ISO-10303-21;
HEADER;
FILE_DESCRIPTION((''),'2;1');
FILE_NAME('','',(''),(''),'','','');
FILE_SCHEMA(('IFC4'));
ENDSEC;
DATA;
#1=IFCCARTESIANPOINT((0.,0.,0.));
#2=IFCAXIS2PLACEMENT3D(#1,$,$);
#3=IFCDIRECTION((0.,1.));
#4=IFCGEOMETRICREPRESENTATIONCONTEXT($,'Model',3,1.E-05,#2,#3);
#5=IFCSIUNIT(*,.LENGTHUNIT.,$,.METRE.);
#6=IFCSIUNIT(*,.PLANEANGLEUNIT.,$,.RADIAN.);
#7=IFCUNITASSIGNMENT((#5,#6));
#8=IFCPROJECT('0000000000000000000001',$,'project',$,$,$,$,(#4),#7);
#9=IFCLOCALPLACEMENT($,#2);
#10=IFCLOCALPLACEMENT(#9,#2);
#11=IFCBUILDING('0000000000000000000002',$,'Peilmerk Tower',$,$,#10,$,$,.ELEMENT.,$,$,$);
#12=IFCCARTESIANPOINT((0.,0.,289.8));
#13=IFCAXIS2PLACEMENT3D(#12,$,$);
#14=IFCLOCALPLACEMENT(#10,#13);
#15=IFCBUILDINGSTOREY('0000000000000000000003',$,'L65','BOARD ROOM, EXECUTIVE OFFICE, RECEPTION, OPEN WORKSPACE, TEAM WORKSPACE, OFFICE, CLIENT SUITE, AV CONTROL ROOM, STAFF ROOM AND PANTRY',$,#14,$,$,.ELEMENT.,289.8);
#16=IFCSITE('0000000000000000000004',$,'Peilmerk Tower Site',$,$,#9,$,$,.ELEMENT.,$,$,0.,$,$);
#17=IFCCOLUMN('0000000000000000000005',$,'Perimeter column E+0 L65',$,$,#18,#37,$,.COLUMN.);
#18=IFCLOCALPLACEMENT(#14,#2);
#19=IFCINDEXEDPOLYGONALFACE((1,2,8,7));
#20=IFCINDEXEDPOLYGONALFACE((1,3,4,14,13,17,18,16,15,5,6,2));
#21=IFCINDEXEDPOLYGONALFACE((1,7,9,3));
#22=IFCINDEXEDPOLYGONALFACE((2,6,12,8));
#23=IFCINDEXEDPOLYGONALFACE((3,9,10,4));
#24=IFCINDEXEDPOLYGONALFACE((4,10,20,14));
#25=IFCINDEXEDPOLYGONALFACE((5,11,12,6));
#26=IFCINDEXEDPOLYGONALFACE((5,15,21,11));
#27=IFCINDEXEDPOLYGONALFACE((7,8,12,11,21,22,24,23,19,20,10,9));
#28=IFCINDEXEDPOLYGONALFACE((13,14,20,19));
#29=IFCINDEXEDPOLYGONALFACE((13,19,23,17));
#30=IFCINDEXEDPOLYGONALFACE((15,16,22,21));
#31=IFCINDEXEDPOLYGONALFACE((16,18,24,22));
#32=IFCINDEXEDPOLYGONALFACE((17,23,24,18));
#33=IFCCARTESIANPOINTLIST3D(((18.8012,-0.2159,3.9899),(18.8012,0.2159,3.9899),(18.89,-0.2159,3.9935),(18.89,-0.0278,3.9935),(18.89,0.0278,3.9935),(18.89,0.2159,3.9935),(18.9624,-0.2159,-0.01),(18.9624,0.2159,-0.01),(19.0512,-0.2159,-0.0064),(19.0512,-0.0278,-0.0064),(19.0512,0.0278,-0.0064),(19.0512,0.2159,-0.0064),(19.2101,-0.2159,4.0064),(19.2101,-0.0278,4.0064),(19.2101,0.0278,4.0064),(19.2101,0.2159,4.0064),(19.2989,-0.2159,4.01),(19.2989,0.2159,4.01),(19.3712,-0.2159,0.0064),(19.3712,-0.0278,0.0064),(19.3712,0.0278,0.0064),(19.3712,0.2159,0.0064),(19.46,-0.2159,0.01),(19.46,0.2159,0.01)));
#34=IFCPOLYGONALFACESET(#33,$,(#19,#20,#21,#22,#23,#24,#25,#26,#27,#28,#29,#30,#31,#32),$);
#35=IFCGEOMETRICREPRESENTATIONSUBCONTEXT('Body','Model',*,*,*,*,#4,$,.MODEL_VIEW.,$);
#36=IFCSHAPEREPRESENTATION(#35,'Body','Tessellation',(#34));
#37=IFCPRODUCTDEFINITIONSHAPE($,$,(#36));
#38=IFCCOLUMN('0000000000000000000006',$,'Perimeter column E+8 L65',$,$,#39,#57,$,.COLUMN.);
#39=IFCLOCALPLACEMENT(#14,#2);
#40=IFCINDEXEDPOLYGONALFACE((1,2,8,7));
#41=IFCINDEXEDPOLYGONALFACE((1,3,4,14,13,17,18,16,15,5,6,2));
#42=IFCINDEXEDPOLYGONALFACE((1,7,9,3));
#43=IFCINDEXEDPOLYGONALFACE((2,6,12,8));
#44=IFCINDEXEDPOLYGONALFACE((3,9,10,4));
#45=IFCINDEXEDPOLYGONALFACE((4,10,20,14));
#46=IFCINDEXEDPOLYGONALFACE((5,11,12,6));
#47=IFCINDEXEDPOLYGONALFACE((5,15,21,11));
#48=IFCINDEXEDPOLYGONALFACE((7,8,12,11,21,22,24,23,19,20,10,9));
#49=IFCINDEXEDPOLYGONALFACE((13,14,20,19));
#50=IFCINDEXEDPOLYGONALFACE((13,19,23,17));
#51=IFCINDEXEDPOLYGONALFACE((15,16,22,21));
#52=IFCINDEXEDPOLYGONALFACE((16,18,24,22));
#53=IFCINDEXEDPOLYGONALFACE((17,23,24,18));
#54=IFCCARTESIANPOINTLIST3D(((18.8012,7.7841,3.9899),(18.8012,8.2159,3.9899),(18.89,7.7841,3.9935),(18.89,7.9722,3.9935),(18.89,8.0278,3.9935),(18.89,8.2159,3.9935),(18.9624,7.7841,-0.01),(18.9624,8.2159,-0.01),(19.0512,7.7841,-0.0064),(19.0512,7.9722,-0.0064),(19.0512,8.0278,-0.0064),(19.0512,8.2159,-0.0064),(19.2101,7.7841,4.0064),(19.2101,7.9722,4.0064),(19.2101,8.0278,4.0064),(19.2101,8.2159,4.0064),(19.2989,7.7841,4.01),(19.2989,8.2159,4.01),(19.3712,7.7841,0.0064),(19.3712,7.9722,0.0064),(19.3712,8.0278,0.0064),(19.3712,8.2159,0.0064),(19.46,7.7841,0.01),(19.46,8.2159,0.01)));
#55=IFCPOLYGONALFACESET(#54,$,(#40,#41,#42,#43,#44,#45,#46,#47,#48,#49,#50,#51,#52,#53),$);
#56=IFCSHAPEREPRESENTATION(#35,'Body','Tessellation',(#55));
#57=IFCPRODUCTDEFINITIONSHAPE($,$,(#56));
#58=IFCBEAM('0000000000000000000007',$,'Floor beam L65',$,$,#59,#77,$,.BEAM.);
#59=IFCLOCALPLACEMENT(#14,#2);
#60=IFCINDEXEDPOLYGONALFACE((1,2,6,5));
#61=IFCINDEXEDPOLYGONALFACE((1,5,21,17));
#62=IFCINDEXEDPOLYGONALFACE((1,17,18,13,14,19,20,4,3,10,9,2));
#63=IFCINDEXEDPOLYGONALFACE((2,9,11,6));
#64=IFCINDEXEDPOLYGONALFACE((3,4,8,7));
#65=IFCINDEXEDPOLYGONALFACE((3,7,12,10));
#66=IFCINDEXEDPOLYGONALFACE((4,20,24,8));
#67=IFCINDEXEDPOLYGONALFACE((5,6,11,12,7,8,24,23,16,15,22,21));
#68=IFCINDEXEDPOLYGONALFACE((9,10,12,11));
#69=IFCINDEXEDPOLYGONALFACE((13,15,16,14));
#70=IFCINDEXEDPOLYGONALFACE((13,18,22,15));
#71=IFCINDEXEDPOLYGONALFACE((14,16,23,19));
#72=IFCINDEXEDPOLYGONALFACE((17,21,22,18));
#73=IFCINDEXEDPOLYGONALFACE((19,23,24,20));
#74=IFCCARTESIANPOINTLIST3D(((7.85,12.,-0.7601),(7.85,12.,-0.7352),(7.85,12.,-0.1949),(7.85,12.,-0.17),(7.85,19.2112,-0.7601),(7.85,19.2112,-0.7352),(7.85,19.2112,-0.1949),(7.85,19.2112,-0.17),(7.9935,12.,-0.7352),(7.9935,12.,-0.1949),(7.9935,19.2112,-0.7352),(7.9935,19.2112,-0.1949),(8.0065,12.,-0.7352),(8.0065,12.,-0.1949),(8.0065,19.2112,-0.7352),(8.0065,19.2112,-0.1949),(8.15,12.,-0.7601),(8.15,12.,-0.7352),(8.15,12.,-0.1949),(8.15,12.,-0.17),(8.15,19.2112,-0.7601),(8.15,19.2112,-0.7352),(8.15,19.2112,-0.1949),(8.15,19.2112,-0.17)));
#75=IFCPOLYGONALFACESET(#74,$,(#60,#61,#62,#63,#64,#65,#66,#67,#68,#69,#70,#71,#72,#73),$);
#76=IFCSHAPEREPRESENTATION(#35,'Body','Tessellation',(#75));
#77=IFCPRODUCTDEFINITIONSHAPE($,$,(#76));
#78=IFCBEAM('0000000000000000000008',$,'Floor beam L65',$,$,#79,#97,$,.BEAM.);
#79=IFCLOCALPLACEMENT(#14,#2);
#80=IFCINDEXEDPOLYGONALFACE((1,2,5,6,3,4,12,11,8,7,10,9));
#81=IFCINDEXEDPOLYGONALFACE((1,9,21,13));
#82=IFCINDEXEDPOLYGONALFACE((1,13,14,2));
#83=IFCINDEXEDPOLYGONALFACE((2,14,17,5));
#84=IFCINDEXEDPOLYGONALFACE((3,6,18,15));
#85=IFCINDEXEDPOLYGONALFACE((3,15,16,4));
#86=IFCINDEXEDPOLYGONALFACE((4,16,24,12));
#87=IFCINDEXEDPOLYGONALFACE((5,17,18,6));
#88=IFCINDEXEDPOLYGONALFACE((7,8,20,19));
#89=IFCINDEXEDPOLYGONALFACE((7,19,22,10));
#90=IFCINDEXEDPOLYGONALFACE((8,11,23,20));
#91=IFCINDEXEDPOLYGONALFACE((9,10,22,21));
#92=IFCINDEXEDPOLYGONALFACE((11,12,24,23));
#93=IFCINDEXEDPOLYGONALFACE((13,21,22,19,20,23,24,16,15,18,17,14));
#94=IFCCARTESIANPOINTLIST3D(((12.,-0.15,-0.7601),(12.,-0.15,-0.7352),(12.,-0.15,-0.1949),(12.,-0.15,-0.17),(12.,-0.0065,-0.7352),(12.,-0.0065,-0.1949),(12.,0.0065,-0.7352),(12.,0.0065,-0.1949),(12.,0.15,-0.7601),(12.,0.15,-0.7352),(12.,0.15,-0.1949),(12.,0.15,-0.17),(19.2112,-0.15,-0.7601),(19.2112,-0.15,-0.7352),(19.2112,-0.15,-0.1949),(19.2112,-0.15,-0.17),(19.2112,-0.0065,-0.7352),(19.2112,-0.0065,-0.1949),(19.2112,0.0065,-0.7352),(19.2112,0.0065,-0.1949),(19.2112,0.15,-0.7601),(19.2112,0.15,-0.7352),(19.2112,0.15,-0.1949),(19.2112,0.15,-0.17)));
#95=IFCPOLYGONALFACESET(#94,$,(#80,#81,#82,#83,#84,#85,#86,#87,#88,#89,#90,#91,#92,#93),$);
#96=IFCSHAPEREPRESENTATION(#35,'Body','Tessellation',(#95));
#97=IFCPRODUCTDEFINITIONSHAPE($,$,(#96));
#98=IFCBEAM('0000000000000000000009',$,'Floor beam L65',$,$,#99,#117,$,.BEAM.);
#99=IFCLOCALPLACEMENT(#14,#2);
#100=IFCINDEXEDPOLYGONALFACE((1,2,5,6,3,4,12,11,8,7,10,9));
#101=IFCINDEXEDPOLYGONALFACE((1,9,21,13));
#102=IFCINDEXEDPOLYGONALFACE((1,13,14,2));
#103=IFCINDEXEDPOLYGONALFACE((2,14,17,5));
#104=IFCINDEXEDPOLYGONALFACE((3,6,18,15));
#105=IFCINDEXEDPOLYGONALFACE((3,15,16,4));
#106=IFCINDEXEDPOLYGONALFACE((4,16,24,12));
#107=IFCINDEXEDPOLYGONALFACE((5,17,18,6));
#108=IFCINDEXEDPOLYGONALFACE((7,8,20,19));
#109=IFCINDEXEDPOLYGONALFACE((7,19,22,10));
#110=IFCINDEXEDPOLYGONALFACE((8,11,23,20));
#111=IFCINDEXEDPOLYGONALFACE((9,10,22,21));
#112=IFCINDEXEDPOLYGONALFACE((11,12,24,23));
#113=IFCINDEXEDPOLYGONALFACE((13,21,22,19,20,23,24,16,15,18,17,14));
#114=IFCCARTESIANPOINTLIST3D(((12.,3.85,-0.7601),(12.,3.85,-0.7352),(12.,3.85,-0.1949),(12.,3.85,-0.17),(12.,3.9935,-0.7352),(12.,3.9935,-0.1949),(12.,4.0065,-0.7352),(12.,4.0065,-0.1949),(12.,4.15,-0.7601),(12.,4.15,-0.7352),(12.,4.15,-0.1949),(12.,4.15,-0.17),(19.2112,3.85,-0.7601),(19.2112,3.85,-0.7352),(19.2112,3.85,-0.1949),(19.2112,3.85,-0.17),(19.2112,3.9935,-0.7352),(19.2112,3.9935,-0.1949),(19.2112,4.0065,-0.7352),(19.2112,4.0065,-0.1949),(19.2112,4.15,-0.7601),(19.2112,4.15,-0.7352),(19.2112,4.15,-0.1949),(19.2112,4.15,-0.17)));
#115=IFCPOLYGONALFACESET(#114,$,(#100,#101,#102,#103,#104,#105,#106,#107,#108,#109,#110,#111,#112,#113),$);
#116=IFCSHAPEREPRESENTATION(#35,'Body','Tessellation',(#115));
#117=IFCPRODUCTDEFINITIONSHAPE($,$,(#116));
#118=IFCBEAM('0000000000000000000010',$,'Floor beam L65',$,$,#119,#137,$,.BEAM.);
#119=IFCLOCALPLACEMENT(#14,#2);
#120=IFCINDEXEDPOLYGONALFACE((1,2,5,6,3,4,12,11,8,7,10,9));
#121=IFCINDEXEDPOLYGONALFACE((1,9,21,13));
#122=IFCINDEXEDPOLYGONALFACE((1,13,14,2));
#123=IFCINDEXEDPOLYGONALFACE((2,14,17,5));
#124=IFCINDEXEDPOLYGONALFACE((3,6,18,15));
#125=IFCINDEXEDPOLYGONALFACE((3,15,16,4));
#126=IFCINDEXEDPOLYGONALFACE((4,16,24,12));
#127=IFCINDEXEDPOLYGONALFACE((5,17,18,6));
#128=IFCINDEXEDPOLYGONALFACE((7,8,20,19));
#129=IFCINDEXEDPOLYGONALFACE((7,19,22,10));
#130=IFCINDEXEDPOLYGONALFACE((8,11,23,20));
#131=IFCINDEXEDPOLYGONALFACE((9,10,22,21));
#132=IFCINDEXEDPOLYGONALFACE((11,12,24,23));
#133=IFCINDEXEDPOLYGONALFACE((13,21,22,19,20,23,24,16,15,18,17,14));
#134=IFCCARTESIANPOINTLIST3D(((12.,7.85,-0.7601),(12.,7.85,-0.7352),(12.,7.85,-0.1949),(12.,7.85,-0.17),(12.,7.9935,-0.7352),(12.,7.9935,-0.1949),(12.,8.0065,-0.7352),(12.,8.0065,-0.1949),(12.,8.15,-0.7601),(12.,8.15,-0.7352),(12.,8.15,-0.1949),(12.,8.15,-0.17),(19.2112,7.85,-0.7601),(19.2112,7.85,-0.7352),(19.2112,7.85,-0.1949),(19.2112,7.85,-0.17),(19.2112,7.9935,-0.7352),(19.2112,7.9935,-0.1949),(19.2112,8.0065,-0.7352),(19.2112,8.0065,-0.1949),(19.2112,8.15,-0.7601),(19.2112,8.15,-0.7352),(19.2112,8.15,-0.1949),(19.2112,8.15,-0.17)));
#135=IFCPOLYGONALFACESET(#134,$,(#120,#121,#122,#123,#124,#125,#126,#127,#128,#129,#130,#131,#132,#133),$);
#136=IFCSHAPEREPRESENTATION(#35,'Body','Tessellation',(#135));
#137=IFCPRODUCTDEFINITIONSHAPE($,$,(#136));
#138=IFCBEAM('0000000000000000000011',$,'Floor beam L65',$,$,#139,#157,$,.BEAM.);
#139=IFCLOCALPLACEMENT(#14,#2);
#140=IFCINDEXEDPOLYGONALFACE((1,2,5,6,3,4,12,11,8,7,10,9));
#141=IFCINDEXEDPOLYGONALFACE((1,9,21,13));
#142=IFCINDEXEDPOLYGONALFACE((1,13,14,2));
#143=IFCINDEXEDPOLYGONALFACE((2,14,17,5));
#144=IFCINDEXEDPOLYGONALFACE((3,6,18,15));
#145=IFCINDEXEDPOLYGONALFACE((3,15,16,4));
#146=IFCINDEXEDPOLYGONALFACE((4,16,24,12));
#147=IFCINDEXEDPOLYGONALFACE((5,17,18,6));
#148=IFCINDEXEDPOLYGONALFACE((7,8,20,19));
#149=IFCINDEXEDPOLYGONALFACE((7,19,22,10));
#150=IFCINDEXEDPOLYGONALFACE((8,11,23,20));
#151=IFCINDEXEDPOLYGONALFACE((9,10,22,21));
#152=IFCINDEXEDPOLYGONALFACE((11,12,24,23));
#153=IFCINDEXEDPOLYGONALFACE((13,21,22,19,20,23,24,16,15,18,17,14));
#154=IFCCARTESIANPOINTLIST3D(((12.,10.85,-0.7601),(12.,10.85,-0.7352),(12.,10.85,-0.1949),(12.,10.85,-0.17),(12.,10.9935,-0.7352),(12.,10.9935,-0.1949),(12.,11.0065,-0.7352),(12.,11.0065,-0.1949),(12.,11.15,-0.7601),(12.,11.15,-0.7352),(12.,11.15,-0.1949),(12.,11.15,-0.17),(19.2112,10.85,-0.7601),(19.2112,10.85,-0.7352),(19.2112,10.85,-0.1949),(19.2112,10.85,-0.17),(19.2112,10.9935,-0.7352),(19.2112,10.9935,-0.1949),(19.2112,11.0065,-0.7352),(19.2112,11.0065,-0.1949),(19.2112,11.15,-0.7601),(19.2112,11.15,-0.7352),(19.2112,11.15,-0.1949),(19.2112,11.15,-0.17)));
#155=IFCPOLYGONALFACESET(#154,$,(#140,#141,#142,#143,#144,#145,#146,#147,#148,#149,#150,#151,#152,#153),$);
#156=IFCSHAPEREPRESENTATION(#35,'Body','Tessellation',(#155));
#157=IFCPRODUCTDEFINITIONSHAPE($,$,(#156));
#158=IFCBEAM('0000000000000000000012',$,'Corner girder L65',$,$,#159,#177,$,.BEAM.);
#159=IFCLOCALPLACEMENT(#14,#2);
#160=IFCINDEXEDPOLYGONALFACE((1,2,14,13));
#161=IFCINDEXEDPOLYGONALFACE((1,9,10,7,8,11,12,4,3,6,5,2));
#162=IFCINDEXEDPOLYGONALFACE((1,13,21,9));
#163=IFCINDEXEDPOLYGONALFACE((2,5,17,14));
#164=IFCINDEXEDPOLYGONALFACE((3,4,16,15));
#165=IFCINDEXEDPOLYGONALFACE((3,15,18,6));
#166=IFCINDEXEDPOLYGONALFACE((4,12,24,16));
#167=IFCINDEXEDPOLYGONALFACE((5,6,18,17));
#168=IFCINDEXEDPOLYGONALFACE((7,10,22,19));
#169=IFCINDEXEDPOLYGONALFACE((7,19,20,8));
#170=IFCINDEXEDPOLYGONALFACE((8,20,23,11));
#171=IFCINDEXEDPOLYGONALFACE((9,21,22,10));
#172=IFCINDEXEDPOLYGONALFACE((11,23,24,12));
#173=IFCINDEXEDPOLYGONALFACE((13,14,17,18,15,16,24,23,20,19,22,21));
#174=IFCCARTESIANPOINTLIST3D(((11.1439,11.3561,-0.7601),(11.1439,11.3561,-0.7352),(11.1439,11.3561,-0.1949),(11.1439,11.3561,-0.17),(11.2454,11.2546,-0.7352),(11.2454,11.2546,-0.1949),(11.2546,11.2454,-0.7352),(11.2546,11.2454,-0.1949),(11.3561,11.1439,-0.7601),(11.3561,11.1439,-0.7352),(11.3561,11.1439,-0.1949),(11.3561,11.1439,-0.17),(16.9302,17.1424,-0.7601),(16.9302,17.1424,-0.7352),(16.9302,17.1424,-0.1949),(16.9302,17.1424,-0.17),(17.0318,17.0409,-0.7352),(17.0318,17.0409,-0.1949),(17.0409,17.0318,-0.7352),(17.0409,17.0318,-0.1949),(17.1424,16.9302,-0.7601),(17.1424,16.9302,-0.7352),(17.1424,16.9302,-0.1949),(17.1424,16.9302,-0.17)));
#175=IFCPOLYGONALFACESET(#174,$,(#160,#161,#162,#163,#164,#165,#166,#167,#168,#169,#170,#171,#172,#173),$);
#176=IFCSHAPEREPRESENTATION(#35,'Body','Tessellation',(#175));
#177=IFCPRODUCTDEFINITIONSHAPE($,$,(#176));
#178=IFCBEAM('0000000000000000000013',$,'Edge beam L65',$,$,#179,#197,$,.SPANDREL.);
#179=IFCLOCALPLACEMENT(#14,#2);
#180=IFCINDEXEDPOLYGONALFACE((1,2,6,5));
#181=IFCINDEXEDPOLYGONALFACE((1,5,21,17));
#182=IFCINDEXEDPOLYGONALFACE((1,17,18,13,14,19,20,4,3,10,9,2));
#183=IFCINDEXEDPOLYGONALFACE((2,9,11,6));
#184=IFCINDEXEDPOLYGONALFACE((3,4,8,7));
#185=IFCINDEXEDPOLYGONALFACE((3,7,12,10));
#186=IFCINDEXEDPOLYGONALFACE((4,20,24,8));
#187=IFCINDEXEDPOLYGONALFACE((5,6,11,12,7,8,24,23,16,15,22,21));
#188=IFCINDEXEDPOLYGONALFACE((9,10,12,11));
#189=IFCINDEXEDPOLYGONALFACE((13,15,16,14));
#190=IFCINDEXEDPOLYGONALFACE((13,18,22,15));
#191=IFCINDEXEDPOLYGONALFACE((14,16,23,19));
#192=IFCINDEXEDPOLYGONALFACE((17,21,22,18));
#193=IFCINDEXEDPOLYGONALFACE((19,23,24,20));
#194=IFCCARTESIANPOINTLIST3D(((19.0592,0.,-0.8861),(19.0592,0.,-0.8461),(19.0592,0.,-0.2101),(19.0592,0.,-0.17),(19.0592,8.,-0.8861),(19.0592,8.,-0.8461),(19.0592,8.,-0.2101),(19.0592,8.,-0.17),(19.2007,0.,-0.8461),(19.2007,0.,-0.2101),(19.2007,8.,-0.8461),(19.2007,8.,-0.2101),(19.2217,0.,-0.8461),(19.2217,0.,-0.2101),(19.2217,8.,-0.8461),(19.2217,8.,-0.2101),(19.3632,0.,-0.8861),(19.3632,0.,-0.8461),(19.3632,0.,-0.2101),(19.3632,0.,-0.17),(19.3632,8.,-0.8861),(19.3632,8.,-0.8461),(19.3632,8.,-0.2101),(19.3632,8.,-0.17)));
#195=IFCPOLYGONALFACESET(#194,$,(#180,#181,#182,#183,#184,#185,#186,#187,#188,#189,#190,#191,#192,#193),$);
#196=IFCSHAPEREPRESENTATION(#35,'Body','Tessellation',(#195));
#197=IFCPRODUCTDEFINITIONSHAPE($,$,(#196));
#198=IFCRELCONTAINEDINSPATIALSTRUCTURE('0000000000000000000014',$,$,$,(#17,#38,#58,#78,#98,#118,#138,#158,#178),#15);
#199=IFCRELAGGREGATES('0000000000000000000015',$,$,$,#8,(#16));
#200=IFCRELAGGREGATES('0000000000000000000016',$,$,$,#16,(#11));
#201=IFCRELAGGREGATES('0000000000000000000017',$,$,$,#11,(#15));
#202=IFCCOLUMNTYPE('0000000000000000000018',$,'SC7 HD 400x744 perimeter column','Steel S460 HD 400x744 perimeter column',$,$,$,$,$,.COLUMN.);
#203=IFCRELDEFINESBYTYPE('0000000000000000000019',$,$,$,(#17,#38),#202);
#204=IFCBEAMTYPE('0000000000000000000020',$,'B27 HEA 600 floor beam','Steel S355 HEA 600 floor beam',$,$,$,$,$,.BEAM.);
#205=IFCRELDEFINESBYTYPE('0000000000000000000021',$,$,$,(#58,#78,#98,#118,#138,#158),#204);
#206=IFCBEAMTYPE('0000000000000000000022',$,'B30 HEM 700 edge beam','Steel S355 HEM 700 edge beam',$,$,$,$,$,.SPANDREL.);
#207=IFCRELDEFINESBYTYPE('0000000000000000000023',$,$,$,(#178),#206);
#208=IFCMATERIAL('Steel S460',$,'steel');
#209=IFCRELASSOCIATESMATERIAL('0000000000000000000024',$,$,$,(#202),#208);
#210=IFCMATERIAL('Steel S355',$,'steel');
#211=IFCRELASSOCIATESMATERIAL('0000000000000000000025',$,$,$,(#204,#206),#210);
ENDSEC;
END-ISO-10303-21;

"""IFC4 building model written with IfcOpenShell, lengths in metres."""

from ifc_helpers import new_model, si_unit, direction, frame, origin, origin_2d, place, context, subcontext, project, spatial, i_section, extrude, material, material_profile, profile_set, type_object, element, save


model = new_model("IFC4")

# Units and contexts
model_context = context("Model", 3, precision=1e-05, world=origin(), true_north=direction((0.0, 1.0)))
body_context = subcontext(model_context, "Body", "Model", "MODEL_VIEW")
ifc_project = project(units=[si_unit("LENGTHUNIT", "METRE"), si_unit("PLANEANGLEUNIT", "RADIAN")], contexts=[model_context])

# Site, building, storey
site_placement = place(None, origin())
site = spatial("IfcSite", under=ifc_project, at=site_placement, Name="Peilmerk Tower Site", CompositionType="ELEMENT", RefElevation=0.0)
building_placement = place(site_placement, origin())
building = spatial("IfcBuilding", under=site, at=building_placement, Name="Peilmerk Tower", CompositionType="ELEMENT")
storey_placement = place(building_placement, frame((0.0, 0.0, 289.8)))
storey = spatial("IfcBuildingStorey", under=building, at=storey_placement, Name="L65", Description="BOARD ROOM, EXECUTIVE OFFICE, RECEPTION, OPEN WORKSPACE, TEAM WORKSPACE, OFFICE, CLIENT SUITE, AV CONTROL ROOM, STAFF ROOM AND PANTRY", CompositionType="ELEMENT", Elevation=289.8)

# Columns
ifc_material_1 = material(Name="Steel S460", Category="steel")
ifc_material_profile_1 = material_profile(ifc_material_1, i_section(OverallWidth=0.4319, OverallDepth=0.498, WebThickness=0.0557, FlangeThickness=0.0889, at=origin_2d()), Name="HD 400x744")
ifc_profile_set_1 = profile_set([ifc_material_profile_1], Name="Steel S460")
column_type = type_object("IfcColumnType", Name="SC7 HD 400x744 perimeter column", Description="Steel S460 HD 400x744 perimeter column", PredefinedType="COLUMN", material=ifc_profile_set_1)
for number, where, z_axis, x_axis, name in (
    (1, (19.2112, 0.0, 0.0), (-0.040251, 0.0, 0.99919), (0.0, -1.0, 0.0), "Perimeter column E+0 L65"),
    (2, (19.2112, 8.0, 0.0), (-0.040251, 0.0, 0.99919), (0.0, -1.0, 0.0), "Perimeter column E+8 L65"),
):
    element("IfcColumn", number, at=place(storey_placement, frame(where, z_axis=z_axis, x_axis=x_axis)), inside=storey, type_object=column_type, Name=name, PredefinedType="COLUMN", context=body_context, shape_type="SweptSolid", body=[
        extrude(i_section(OverallWidth=0.4319, OverallDepth=0.498, WebThickness=0.0557, FlangeThickness=0.0889, at=origin_2d()), origin(), (0.0, 0.0, 1.0), 4.0032),
    ])

# Beams
ifc_material_2 = material(Name="Steel S355", Category="steel")
ifc_material_profile_2 = material_profile(ifc_material_2, i_section(OverallWidth=0.3, OverallDepth=0.5901, WebThickness=0.0129, FlangeThickness=0.0249, at=origin_2d()), Name="HEA 600")
ifc_profile_set_2 = profile_set([ifc_material_profile_2], Name="Steel S355")
beam_type_1 = type_object("IfcBeamType", Name="B27 HEA 600 floor beam", Description="Steel S355 HEA 600 floor beam", PredefinedType="BEAM", material=ifc_profile_set_2)
for number, where, z_axis, x_axis, name in (
    (3, (8.0, 12.0, -0.4651), (0.0, 1.0, 0.0), (-1.0, 0.0, 0.0), "Floor beam L65"),
    (4, (12.0, 0.0, -0.4651), (1.0, 0.0, 0.0), (0.0, 1.0, 0.0), "Floor beam L65"),
    (5, (12.0, 4.0, -0.4651), (1.0, 0.0, 0.0), (0.0, 1.0, 0.0), "Floor beam L65"),
    (6, (12.0, 8.0, -0.4651), (1.0, 0.0, 0.0), (0.0, 1.0, 0.0), "Floor beam L65"),
    (7, (12.0, 11.0, -0.4651), (1.0, 0.0, 0.0), (0.0, 1.0, 0.0), "Floor beam L65"),
):
    element("IfcBeam", number, at=place(storey_placement, frame(where, z_axis=z_axis, x_axis=x_axis)), inside=storey, type_object=beam_type_1, Name=name, PredefinedType="BEAM", context=body_context, shape_type="SweptSolid", body=[
        extrude(i_section(OverallWidth=0.3, OverallDepth=0.5901, WebThickness=0.0129, FlangeThickness=0.0249, at=origin_2d()), origin(), (0.0, 0.0, 1.0), 7.2112),
    ])
beam_1_placement = place(storey_placement, frame((11.25, 11.25, -0.4651), z_axis=(0.707107, 0.707107, 0.0), x_axis=(-0.707107, 0.707107, 0.0)))
element("IfcBeam", 8, at=beam_1_placement, inside=storey, type_object=beam_type_1, Name="Corner girder L65", PredefinedType="BEAM", context=body_context, shape_type="SweptSolid", body=[
    extrude(i_section(OverallWidth=0.3, OverallDepth=0.5901, WebThickness=0.0129, FlangeThickness=0.0249, at=origin_2d()), origin(), (0.0, 0.0, 1.0), 8.1831),
])
ifc_material_profile_3 = material_profile(ifc_material_2, i_section(OverallWidth=0.304, OverallDepth=0.7161, WebThickness=0.021, FlangeThickness=0.04, at=origin_2d()), Name="HEM 700")
ifc_profile_set_3 = profile_set([ifc_material_profile_3], Name="Steel S355")
beam_type_2 = type_object("IfcBeamType", Name="B30 HEM 700 edge beam", Description="Steel S355 HEM 700 edge beam", PredefinedType="SPANDREL", material=ifc_profile_set_3)
beam_2_placement = place(storey_placement, frame((19.2112, 0.0, -0.5281), z_axis=(0.0, 1.0, 0.0), x_axis=(-1.0, 0.0, 0.0)))
element("IfcBeam", 9, at=beam_2_placement, inside=storey, type_object=beam_type_2, Name="Edge beam L65", PredefinedType="SPANDREL", context=body_context, shape_type="SweptSolid", body=[
    extrude(i_section(OverallWidth=0.304, OverallDepth=0.7161, WebThickness=0.021, FlangeThickness=0.04, at=origin_2d()), origin(), (0.0, 0.0, 1.0), 8.0),
])

save(model, "model.ifc")
